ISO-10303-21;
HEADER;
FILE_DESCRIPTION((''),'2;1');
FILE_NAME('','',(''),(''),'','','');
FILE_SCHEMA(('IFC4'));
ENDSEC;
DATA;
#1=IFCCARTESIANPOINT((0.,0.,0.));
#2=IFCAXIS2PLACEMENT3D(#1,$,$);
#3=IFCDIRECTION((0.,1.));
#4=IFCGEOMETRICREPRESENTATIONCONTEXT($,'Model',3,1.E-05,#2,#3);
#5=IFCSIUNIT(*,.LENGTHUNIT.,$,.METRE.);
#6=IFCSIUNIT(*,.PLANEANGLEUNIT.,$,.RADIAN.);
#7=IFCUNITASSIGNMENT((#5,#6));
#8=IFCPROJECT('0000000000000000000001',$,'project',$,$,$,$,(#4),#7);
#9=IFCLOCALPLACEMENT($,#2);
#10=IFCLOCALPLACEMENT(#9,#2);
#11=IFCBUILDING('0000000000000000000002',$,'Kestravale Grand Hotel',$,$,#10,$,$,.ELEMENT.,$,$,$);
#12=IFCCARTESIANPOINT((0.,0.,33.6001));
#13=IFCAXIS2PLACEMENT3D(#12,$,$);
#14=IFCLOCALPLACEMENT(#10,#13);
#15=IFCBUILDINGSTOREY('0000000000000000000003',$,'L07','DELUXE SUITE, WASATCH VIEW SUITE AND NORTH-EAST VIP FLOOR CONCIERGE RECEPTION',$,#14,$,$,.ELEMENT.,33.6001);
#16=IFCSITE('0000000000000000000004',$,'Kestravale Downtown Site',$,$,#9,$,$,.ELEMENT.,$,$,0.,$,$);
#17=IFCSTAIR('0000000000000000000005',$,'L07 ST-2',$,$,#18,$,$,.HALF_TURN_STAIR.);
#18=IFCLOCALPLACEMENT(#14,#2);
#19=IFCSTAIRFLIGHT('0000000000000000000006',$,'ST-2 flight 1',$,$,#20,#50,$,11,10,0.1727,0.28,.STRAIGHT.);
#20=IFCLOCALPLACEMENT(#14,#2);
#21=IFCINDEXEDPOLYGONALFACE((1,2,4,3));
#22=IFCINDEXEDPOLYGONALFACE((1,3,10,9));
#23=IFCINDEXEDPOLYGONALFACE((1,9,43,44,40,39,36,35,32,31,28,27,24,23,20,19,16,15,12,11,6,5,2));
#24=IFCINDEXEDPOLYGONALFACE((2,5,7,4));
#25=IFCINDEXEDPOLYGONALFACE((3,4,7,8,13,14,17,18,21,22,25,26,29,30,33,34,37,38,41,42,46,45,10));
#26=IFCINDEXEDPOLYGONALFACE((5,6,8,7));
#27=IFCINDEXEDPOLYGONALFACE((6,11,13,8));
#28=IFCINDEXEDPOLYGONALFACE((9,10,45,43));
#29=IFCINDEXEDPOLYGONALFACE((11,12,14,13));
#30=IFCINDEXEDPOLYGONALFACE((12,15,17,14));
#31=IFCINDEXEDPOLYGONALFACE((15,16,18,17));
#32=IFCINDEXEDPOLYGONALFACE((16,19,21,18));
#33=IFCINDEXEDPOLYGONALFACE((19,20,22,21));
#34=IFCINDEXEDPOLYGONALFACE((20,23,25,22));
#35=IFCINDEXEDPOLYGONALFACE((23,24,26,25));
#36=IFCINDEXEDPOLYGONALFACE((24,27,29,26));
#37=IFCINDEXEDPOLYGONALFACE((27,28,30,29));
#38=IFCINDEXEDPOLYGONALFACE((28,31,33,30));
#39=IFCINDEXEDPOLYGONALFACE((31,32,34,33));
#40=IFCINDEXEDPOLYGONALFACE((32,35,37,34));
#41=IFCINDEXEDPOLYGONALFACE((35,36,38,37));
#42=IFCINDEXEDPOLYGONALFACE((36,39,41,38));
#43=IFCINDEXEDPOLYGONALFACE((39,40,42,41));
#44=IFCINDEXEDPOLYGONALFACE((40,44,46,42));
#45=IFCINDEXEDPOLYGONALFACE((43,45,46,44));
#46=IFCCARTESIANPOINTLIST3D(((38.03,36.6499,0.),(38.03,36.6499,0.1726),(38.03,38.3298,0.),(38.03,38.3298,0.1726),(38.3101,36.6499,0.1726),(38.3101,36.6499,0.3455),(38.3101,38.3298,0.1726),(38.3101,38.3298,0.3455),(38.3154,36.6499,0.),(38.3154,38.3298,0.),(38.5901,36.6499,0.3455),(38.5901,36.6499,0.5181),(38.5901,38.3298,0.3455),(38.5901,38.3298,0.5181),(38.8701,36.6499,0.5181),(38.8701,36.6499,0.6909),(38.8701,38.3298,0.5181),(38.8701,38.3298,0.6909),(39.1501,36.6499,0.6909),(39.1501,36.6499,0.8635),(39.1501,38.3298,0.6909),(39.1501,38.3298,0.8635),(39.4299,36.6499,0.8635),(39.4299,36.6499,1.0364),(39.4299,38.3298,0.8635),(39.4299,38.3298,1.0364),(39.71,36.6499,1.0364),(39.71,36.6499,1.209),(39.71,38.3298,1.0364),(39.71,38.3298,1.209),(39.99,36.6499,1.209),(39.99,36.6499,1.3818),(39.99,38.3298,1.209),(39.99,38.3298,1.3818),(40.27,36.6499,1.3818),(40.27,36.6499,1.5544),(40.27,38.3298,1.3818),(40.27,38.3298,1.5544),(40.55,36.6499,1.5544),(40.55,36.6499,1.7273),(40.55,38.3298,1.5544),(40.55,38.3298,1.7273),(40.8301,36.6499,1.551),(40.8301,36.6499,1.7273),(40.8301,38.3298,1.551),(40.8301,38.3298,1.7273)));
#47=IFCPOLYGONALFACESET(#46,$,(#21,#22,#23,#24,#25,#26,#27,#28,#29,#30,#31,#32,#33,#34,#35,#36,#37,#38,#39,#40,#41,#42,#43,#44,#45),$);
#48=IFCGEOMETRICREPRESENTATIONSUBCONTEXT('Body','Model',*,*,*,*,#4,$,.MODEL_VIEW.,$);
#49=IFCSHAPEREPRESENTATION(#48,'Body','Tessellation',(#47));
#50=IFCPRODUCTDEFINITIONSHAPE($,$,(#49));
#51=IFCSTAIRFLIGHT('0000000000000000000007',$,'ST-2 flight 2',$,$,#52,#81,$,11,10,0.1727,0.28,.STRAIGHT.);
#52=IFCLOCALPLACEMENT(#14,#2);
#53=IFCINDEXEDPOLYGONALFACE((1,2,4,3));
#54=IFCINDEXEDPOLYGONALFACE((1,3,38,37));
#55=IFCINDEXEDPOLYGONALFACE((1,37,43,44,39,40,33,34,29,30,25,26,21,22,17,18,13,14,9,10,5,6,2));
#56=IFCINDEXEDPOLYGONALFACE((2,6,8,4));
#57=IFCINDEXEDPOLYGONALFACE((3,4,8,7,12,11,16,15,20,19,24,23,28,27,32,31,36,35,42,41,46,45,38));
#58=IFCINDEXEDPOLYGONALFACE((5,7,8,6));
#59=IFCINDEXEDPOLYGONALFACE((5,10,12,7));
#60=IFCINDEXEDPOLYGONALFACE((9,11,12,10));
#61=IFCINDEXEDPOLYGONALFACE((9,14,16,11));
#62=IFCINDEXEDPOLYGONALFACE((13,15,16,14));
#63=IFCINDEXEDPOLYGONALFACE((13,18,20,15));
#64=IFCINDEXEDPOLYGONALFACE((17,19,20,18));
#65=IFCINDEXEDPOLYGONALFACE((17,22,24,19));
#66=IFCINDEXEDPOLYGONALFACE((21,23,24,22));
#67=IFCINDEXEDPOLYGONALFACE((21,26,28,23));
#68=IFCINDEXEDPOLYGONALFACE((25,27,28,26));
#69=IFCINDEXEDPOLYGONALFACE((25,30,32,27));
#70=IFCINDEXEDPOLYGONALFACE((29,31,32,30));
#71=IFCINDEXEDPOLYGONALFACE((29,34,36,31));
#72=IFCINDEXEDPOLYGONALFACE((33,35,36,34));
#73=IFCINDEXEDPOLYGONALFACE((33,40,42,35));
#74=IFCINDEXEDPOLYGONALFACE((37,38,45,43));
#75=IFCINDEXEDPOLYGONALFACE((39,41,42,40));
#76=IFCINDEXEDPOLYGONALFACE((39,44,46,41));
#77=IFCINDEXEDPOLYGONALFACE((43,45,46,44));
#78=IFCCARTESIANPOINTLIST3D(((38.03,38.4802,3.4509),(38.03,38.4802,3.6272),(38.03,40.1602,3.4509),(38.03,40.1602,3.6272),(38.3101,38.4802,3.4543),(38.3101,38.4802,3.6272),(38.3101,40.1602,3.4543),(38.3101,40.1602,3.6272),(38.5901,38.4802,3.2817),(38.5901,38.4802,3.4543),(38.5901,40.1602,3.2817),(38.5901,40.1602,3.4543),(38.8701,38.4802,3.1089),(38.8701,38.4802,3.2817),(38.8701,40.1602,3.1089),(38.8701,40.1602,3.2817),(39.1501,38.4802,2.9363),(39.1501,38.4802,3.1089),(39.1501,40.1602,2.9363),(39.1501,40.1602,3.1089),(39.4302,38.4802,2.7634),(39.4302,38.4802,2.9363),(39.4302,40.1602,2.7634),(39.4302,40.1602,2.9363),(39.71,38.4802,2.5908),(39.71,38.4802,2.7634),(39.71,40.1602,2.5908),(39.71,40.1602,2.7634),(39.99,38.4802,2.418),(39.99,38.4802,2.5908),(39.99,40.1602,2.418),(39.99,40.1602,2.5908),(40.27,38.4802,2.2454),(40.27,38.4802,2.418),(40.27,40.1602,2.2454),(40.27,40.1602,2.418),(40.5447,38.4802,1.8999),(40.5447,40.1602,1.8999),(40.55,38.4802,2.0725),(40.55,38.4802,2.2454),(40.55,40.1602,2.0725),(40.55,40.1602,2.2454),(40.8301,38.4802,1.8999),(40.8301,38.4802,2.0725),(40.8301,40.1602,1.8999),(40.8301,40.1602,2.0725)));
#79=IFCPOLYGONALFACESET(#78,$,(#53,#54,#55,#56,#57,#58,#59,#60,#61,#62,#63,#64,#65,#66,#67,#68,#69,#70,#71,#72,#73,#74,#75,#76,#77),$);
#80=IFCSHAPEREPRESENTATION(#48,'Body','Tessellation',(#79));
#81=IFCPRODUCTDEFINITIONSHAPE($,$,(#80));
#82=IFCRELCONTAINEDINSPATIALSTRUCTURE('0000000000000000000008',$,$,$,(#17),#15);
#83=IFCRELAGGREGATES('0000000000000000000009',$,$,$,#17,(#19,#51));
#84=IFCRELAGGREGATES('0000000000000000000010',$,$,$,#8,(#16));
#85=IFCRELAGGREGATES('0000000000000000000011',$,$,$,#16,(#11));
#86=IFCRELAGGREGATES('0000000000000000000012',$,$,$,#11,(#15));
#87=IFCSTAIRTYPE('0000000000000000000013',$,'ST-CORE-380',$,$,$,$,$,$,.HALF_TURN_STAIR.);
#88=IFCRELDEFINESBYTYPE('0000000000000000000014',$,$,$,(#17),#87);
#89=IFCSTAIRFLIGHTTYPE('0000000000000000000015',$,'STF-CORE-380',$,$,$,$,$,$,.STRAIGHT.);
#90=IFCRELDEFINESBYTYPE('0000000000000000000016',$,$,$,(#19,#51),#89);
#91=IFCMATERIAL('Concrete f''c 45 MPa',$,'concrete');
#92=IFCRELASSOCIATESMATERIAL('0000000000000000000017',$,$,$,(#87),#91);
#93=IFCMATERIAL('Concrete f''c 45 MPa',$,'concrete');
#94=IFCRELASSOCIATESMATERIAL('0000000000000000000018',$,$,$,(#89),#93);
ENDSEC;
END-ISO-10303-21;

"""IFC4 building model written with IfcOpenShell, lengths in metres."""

from ifc_helpers import new_model, si_unit, direction, frame, origin, place, context, subcontext, project, spatial, polyline, outline, extrude, material, type_object, element, aggregate, save


model = new_model("IFC4")

# Units and contexts
model_context = context("Model", 3, precision=1e-05, world=origin(), true_north=direction((0.0, 1.0)))
body_context = subcontext(model_context, "Body", "Model", "MODEL_VIEW")
ifc_project = project(units=[si_unit("LENGTHUNIT", "METRE"), si_unit("PLANEANGLEUNIT", "RADIAN")], contexts=[model_context])

# Site, building, storey
site_placement = place(None, origin())
site = spatial("IfcSite", under=ifc_project, at=site_placement, Name="Kestravale Downtown Site", CompositionType="ELEMENT", RefElevation=0.0)
building_placement = place(site_placement, origin())
building = spatial("IfcBuilding", under=site, at=building_placement, Name="Kestravale Grand Hotel", CompositionType="ELEMENT")
storey_placement = place(building_placement, frame((0.0, 0.0, 33.6001)))
storey = spatial("IfcBuildingStorey", under=building, at=storey_placement, Name="L07", Description="DELUXE SUITE, WASATCH VIEW SUITE AND NORTH-EAST VIP FLOOR CONCIERGE RECEPTION", CompositionType="ELEMENT", Elevation=33.6001)

# Stair, stair flights
ifc_material_1 = material(Name="Concrete f'c 45 MPa", Category="concrete")
stair_type = type_object("IfcStairType", Name="ST-CORE-380", PredefinedType="HALF_TURN_STAIR", material=ifc_material_1)
stair_placement = place(storey_placement, origin())
stair = element("IfcStair", 1, at=stair_placement, inside=storey, type_object=stair_type, Name="L07 ST-2", PredefinedType="HALF_TURN_STAIR")
ifc_material_2 = material(Name="Concrete f'c 45 MPa", Category="concrete")
stair_flight_type = type_object("IfcStairFlightType", Name="STF-CORE-380", PredefinedType="STRAIGHT", material=ifc_material_2)
stair_flight_1_placement = place(storey_placement, frame((38.03, 37.49, 0.0), z_axis=(0.0, 0.0, 1.0), x_axis=(1.0, 0.0, 0.0)))
stair_flight_1 = element("IfcStairFlight", 2, at=stair_flight_1_placement, type_object=stair_flight_type, Name="ST-2 flight 1", NumberOfRisers=11, NumberOfTreads=10, PredefinedType="STRAIGHT", RiserHeight=0.1727, TreadLength=0.28, context=body_context, shape_type="SweptSolid", body=[
    extrude(outline(polyline([(0.0, 0.0), (0.0, 0.1726), (0.28, 0.1726), (0.28, 0.3455), (0.5601, 0.3455), (0.5601, 0.5181), (0.8401, 0.5181), (0.8401, 0.6909), (1.1201, 0.6909), (1.1201, 0.8635), (1.3999, 0.8635), (1.3999, 1.0364), (1.6799, 1.0364), (1.6799, 1.209), (1.96, 1.209), (1.96, 1.3818), (2.24, 1.3818), (2.24, 1.5544), (2.52, 1.5544), (2.52, 1.7273), (2.8, 1.7273), (2.8, 1.8999), (2.8, 1.551), (0.2854, 0.0), (0.0, 0.0)])), frame((0.0, 0.8398, 0.0), z_axis=(0.0, -1.0, 0.0), x_axis=(1.0, 0.0, 0.0)), (0.0, 0.0, 1.0), 1.6799),
])
stair_flight_2_placement = place(storey_placement, frame((40.8301, 39.3201, 1.8999), z_axis=(0.0, 0.0, 1.0), x_axis=(-1.0, 0.0, 0.0)))
stair_flight_2 = element("IfcStairFlight", 3, at=stair_flight_2_placement, type_object=stair_flight_type, Name="ST-2 flight 2", NumberOfRisers=11, NumberOfTreads=10, PredefinedType="STRAIGHT", RiserHeight=0.1727, TreadLength=0.28, context=body_context, shape_type="SweptSolid", body=[
    extrude(outline(polyline([(0.0, 0.0), (0.0, 0.1726), (0.28, 0.1726), (0.28, 0.3455), (0.5601, 0.3455), (0.5601, 0.5181), (0.8401, 0.5181), (0.8401, 0.6909), (1.1201, 0.6909), (1.1201, 0.8635), (1.3999, 0.8635), (1.3999, 1.0364), (1.6799, 1.0364), (1.6799, 1.209), (1.96, 1.209), (1.96, 1.3818), (2.24, 1.3818), (2.24, 1.5544), (2.52, 1.5544), (2.52, 1.7273), (2.8, 1.7273), (2.8, 1.8999), (2.8, 1.551), (0.2854, 0.0), (0.0, 0.0)])), frame((0.0, 0.8398, 0.0), z_axis=(0.0, -1.0, 0.0), x_axis=(1.0, 0.0, 0.0)), (0.0, 0.0, 1.0), 1.6799),
])
aggregate(stair, [stair_flight_1, stair_flight_2])

save(model, "model.ifc")
